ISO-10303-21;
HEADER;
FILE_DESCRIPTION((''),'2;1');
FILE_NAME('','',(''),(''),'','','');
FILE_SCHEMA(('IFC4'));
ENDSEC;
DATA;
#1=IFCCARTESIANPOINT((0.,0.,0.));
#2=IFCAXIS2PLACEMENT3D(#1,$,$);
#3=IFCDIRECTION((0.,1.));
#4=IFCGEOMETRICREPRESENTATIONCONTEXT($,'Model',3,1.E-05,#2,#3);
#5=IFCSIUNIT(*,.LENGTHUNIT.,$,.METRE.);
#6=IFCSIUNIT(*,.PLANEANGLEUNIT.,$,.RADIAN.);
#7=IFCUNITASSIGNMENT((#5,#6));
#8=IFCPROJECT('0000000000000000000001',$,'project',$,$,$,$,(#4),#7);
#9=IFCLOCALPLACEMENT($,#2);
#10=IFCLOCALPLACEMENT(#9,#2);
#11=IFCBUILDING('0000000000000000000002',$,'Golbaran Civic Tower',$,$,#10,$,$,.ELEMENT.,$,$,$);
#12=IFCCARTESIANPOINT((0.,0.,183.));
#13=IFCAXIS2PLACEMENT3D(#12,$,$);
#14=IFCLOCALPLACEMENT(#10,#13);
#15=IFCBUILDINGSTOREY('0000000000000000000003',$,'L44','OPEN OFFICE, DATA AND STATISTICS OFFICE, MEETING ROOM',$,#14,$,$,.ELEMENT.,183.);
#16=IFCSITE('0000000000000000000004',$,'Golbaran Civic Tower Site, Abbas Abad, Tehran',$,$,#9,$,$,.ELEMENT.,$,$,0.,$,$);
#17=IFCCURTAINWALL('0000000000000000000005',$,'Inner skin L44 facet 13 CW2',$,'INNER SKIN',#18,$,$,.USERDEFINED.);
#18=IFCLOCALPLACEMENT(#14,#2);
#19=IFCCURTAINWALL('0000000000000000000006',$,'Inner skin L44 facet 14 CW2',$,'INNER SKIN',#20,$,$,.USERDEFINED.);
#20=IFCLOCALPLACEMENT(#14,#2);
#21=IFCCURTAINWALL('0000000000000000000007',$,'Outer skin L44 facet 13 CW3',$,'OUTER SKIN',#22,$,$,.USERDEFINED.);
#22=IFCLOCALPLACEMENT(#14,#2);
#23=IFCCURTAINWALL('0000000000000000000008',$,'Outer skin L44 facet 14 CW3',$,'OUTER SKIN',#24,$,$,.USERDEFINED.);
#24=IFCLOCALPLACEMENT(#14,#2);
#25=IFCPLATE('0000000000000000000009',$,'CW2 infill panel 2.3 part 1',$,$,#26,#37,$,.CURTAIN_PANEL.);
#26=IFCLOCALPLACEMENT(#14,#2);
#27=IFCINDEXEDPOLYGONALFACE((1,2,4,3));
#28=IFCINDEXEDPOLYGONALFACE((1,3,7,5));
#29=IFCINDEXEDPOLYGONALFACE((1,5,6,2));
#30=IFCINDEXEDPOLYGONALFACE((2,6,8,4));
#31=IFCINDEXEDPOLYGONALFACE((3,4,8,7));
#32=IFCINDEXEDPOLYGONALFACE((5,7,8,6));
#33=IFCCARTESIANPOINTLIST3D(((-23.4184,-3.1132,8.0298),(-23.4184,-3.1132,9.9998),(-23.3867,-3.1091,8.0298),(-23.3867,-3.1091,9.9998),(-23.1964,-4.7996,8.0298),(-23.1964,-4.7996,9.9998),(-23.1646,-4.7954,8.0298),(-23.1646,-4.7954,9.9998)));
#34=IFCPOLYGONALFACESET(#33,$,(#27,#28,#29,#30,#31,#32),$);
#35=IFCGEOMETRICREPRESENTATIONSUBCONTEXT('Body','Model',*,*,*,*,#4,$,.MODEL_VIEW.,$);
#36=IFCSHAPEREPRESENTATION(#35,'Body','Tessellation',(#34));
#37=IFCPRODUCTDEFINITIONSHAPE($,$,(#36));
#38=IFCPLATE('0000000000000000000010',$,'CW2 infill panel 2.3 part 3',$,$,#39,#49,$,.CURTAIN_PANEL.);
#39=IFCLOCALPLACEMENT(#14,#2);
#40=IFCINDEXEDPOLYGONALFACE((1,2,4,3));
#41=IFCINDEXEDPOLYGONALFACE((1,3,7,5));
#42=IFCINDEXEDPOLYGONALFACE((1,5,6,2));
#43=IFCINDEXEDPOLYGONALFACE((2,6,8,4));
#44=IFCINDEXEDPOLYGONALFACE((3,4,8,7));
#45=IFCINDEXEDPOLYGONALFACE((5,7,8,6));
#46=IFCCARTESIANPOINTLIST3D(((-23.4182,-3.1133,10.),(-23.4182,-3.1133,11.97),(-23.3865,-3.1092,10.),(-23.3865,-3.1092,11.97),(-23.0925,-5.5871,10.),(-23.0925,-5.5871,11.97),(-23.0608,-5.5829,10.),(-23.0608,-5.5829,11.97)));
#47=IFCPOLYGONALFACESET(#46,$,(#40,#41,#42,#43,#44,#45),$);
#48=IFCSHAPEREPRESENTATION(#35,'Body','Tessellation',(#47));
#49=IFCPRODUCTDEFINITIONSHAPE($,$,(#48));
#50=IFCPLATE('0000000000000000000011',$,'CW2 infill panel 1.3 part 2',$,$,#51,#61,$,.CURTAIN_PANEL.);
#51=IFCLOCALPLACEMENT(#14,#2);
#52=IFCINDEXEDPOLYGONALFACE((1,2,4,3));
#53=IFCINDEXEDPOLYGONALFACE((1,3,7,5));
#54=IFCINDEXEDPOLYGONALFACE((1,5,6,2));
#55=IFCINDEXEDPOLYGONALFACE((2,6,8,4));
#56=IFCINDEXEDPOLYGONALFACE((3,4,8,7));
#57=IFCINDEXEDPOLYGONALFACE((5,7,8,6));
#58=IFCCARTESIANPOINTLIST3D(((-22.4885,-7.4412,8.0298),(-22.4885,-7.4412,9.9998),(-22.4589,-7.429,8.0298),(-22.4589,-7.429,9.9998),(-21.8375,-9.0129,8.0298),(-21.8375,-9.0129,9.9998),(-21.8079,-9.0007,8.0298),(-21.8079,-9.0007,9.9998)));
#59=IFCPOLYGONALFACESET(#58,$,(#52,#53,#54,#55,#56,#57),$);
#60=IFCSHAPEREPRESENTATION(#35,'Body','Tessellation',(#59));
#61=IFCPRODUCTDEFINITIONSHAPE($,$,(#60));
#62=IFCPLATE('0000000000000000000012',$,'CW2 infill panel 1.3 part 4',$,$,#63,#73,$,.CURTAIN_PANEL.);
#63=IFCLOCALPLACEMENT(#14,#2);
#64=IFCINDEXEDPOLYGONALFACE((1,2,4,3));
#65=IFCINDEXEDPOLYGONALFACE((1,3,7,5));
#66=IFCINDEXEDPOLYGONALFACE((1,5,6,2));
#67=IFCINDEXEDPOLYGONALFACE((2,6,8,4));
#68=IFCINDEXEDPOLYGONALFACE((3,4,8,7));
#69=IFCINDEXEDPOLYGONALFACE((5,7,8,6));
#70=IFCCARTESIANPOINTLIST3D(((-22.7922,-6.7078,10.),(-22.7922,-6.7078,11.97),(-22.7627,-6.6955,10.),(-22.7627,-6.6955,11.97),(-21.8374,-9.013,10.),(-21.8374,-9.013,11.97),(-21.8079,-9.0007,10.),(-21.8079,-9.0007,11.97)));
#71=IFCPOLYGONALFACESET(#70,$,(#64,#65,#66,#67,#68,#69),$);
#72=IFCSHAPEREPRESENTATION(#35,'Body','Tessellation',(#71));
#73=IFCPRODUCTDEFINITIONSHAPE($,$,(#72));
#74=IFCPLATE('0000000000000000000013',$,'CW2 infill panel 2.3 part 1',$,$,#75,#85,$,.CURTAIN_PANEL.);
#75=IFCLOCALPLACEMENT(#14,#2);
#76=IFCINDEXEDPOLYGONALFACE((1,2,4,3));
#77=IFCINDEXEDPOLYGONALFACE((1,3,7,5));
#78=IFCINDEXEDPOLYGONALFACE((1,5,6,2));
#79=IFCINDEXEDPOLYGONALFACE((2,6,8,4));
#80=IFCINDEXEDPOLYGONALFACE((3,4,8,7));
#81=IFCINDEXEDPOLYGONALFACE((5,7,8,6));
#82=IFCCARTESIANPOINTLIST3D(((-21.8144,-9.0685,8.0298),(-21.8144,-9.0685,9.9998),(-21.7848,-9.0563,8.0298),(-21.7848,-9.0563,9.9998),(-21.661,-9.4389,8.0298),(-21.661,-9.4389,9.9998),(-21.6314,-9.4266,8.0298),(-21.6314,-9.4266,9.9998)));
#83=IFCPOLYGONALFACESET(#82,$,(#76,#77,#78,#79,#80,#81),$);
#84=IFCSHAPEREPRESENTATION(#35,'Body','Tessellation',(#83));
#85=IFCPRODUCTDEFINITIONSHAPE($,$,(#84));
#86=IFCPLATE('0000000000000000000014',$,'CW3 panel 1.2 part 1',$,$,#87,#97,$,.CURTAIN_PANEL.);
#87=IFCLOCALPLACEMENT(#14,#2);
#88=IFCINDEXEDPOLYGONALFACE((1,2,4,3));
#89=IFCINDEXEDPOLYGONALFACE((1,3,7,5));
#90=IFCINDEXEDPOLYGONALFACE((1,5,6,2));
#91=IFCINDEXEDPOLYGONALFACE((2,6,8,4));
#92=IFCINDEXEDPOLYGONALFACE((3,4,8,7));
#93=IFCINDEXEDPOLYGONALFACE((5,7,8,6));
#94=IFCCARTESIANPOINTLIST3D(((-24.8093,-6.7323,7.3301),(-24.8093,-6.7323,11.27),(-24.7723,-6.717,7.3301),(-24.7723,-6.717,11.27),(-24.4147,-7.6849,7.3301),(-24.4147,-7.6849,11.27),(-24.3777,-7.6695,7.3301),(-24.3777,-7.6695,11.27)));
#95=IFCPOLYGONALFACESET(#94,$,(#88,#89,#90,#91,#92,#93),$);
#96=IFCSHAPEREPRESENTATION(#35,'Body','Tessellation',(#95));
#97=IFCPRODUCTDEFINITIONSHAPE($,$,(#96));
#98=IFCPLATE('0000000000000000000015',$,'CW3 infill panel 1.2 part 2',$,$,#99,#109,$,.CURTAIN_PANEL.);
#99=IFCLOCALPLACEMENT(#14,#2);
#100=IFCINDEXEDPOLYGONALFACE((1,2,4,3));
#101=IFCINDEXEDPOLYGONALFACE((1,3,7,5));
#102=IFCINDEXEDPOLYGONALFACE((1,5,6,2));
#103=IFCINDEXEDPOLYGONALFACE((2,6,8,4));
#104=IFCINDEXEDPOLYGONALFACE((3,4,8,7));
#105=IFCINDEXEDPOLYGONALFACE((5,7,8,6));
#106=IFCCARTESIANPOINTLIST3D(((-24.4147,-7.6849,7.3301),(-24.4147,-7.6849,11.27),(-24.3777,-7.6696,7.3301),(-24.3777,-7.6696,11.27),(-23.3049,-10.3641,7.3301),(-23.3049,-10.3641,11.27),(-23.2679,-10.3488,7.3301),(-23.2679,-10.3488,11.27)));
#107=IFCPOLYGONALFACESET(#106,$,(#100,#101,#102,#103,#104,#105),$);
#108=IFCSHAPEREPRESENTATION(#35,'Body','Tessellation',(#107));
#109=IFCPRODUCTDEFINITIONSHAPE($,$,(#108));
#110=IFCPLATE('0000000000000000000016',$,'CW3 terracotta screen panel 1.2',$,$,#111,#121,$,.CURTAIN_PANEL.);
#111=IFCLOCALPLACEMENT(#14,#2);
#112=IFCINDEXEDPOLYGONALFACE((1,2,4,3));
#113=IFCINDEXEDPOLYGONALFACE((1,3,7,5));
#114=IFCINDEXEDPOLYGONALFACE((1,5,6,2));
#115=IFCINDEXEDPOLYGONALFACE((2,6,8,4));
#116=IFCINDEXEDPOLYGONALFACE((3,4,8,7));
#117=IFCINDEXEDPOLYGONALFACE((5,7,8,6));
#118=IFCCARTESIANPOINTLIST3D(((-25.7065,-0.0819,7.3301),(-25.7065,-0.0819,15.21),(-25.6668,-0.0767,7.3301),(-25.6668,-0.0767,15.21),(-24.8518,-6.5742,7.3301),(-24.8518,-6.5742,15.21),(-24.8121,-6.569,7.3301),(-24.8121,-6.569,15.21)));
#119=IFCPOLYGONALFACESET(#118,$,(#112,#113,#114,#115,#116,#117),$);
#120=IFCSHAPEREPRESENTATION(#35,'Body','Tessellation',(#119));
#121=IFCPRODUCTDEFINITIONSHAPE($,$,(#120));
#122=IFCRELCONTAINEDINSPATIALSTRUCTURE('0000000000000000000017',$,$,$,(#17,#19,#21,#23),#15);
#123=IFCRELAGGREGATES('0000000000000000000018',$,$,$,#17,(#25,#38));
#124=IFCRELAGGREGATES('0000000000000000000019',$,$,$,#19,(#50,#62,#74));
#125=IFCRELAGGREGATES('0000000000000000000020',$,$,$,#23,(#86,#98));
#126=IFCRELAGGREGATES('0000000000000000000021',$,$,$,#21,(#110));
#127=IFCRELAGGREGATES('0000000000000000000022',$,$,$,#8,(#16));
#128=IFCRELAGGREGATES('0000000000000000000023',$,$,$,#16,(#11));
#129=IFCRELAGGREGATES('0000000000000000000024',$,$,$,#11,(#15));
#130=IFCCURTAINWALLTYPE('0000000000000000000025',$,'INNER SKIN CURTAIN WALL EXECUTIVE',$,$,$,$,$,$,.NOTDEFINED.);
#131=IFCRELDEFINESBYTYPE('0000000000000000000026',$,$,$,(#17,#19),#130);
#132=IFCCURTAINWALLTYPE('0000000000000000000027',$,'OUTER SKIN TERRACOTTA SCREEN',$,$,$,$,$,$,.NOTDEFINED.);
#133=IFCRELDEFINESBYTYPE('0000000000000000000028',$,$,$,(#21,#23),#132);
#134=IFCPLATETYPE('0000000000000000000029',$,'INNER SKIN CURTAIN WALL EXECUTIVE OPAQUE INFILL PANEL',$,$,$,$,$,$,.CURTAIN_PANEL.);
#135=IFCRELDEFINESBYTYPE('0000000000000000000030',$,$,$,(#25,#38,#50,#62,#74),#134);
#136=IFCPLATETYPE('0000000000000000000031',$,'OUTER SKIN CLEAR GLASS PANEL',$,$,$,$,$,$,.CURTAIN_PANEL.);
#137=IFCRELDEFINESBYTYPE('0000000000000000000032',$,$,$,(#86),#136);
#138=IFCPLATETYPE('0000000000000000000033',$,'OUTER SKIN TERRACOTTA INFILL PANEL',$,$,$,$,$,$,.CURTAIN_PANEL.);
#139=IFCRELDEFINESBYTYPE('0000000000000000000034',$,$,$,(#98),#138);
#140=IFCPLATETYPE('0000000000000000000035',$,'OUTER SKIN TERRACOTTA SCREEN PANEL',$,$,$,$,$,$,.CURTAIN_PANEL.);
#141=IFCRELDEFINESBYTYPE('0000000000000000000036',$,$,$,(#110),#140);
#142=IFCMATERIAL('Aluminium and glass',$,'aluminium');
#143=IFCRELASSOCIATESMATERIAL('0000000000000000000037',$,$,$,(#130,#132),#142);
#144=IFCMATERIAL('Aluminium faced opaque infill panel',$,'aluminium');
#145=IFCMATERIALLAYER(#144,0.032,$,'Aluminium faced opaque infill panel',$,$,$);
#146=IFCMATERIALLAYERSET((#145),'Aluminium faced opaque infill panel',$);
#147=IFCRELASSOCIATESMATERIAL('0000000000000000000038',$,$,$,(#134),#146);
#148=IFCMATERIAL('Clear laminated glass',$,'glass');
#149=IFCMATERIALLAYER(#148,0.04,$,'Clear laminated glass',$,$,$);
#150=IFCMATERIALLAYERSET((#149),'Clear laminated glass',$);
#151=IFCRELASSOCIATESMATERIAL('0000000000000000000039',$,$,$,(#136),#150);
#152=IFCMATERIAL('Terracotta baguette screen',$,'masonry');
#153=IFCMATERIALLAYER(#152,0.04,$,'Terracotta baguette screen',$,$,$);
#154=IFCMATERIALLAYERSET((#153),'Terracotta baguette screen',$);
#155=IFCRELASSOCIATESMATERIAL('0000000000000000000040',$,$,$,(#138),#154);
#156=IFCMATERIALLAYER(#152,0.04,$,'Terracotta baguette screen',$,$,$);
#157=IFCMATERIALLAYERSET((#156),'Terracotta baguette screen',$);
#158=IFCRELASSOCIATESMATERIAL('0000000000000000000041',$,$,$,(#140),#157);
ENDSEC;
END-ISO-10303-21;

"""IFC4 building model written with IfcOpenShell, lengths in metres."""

from ifc_helpers import new_model, si_unit, direction, frame, origin, origin_2d, place, context, subcontext, project, spatial, rectangle, extrude, material, layer, layer_set, type_object, element, aggregate, save


model = new_model("IFC4")

# Units and contexts
model_context = context("Model", 3, precision=1e-05, world=origin(), true_north=direction((0.0, 1.0)))
body_context = subcontext(model_context, "Body", "Model", "MODEL_VIEW")
ifc_project = project(units=[si_unit("LENGTHUNIT", "METRE"), si_unit("PLANEANGLEUNIT", "RADIAN")], contexts=[model_context])

# Site, building, storey
site_placement = place(None, origin())
site = spatial("IfcSite", under=ifc_project, at=site_placement, Name="Golbaran Civic Tower Site, Abbas Abad, Tehran", CompositionType="ELEMENT", RefElevation=0.0)
building_placement = place(site_placement, origin())
building = spatial("IfcBuilding", under=site, at=building_placement, Name="Golbaran Civic Tower", CompositionType="ELEMENT")
storey_placement = place(building_placement, frame((0.0, 0.0, 183.0)))
storey = spatial("IfcBuildingStorey", under=building, at=storey_placement, Name="L44", Description="OPEN OFFICE, DATA AND STATISTICS OFFICE, MEETING ROOM", CompositionType="ELEMENT", Elevation=183.0)

# Curtain walls
ifc_material_1 = material(Name="Aluminium and glass", Category="aluminium")
curtain_wall_type_1 = type_object("IfcCurtainWallType", Name="INNER SKIN CURTAIN WALL EXECUTIVE", PredefinedType="NOTDEFINED", material=ifc_material_1)
curtain_wall_1_placement = place(storey_placement, origin())
curtain_wall_1 = element("IfcCurtainWall", 1, at=curtain_wall_1_placement, inside=storey, type_object=curtain_wall_type_1, Name="Inner skin L44 facet 13 CW2", ObjectType="INNER SKIN", PredefinedType="USERDEFINED")
curtain_wall_2_placement = place(storey_placement, origin())
curtain_wall_2 = element("IfcCurtainWall", 2, at=curtain_wall_2_placement, inside=storey, type_object=curtain_wall_type_1, Name="Inner skin L44 facet 14 CW2", ObjectType="INNER SKIN", PredefinedType="USERDEFINED")

# Curtain walls
curtain_wall_type_2 = type_object("IfcCurtainWallType", Name="OUTER SKIN TERRACOTTA SCREEN", PredefinedType="NOTDEFINED", material=ifc_material_1)
curtain_wall_3_placement = place(storey_placement, origin())
curtain_wall_3 = element("IfcCurtainWall", 3, at=curtain_wall_3_placement, inside=storey, type_object=curtain_wall_type_2, Name="Outer skin L44 facet 13 CW3", ObjectType="OUTER SKIN", PredefinedType="USERDEFINED")
curtain_wall_4_placement = place(storey_placement, origin())
curtain_wall_4 = element("IfcCurtainWall", 4, at=curtain_wall_4_placement, inside=storey, type_object=curtain_wall_type_2, Name="Outer skin L44 facet 14 CW3", ObjectType="OUTER SKIN", PredefinedType="USERDEFINED")

# Plates
ifc_material_2 = material(Name="Aluminium faced opaque infill panel", Category="aluminium")
ifc_layer_1 = layer(ifc_material_2, 0.032, Name="Aluminium faced opaque infill panel")
ifc_layer_set_1 = layer_set([ifc_layer_1], Name="Aluminium faced opaque infill panel")
plate_type_1 = type_object("IfcPlateType", Name="INNER SKIN CURTAIN WALL EXECUTIVE OPAQUE INFILL PANEL", PredefinedType="CURTAIN_PANEL", material=ifc_layer_set_1)
plate_1_placement = place(storey_placement, frame((-23.2915, -3.9543, 8.0298), z_axis=(0.0, 0.0, 1.0), x_axis=(0.130526, -0.991445, 0.0)))
plate_1 = element("IfcPlate", 5, at=plate_1_placement, type_object=plate_type_1, Name="CW2 infill panel 2.3 part 1", PredefinedType="CURTAIN_PANEL", context=body_context, shape_type="SweptSolid", body=[
    extrude(rectangle(XDim=1.7009, YDim=0.032, at=origin_2d()), origin(), (0.0, 0.0, 1.0), 1.97),
])
plate_2_placement = place(storey_placement, frame((-23.2395, -4.3481, 10.0), z_axis=(0.0, 0.0, 1.0), x_axis=(0.130526, -0.991445, 0.0)))
plate_2 = element("IfcPlate", 6, at=plate_2_placement, type_object=plate_type_1, Name="CW2 infill panel 2.3 part 3", PredefinedType="CURTAIN_PANEL", context=body_context, shape_type="SweptSolid", body=[
    extrude(rectangle(XDim=2.4951, YDim=0.032, at=origin_2d()), origin(), (0.0, 0.0, 1.0), 1.97),
])
aggregate(curtain_wall_1, [plate_1, plate_2])
plate_3_placement = place(storey_placement, frame((-22.1482, -8.2209, 8.0298), z_axis=(0.0, 0.0, 1.0), x_axis=(0.382683, -0.92388, 0.0)))
plate_3 = element("IfcPlate", 7, at=plate_3_placement, type_object=plate_type_1, Name="CW2 infill panel 1.3 part 2", PredefinedType="CURTAIN_PANEL", context=body_context, shape_type="SweptSolid", body=[
    extrude(rectangle(XDim=1.7012, YDim=0.032, at=origin_2d()), origin(), (0.0, 0.0, 1.0), 1.97),
])
plate_4_placement = place(storey_placement, frame((-22.3, -7.8542, 10.0), z_axis=(0.0, 0.0, 1.0), x_axis=(0.382683, -0.92388, 0.0)))
plate_4 = element("IfcPlate", 8, at=plate_4_placement, type_object=plate_type_1, Name="CW2 infill panel 1.3 part 4", PredefinedType="CURTAIN_PANEL", context=body_context, shape_type="SweptSolid", body=[
    extrude(rectangle(XDim=2.4951, YDim=0.032, at=origin_2d()), origin(), (0.0, 0.0, 1.0), 1.97),
])
plate_5_placement = place(storey_placement, frame((-21.7229, -9.2476, 8.0298), z_axis=(0.0, 0.0, 1.0), x_axis=(0.382683, -0.92388, 0.0)))
plate_5 = element("IfcPlate", 9, at=plate_5_placement, type_object=plate_type_1, Name="CW2 infill panel 2.3 part 1", PredefinedType="CURTAIN_PANEL", context=body_context, shape_type="SweptSolid", body=[
    extrude(rectangle(XDim=0.4009, YDim=0.032, at=origin_2d()), origin(), (0.0, 0.0, 1.0), 1.97),
])
aggregate(curtain_wall_2, [plate_3, plate_4, plate_5])
ifc_material_3 = material(Name="Clear laminated glass", Category="glass")
ifc_layer_2 = layer(ifc_material_3, 0.04, Name="Clear laminated glass")
ifc_layer_set_2 = layer_set([ifc_layer_2], Name="Clear laminated glass")
plate_type_2 = type_object("IfcPlateType", Name="OUTER SKIN CLEAR GLASS PANEL", PredefinedType="CURTAIN_PANEL", material=ifc_layer_set_2)
plate_6_placement = place(storey_placement, frame((-24.5935, -7.2009, 7.3301), z_axis=(0.0, 0.0, 1.0), x_axis=(0.382683, -0.92388, 0.0)))
plate_6 = element("IfcPlate", 10, at=plate_6_placement, type_object=plate_type_2, Name="CW3 panel 1.2 part 1", PredefinedType="CURTAIN_PANEL", context=body_context, shape_type="SweptSolid", body=[
    extrude(rectangle(XDim=1.031, YDim=0.04, at=origin_2d()), origin(), (0.0, 0.0, 1.0), 3.9399),
])
ifc_material_4 = material(Name="Terracotta baguette screen", Category="masonry")
ifc_layer_3 = layer(ifc_material_4, 0.04, Name="Terracotta baguette screen")
ifc_layer_set_3 = layer_set([ifc_layer_3], Name="Terracotta baguette screen")
plate_type_3 = type_object("IfcPlateType", Name="OUTER SKIN TERRACOTTA INFILL PANEL", PredefinedType="CURTAIN_PANEL", material=ifc_layer_set_3)
plate_7_placement = place(storey_placement, frame((-23.8413, -9.0168, 7.3301), z_axis=(0.0, 0.0, 1.0), x_axis=(0.382683, -0.92388, 0.0)))
plate_7 = element("IfcPlate", 11, at=plate_7_placement, type_object=plate_type_3, Name="CW3 infill panel 1.2 part 2", PredefinedType="CURTAIN_PANEL", context=body_context, shape_type="SweptSolid", body=[
    extrude(rectangle(XDim=2.8999, YDim=0.04, at=origin_2d()), origin(), (0.0, 0.0, 1.0), 3.9399),
])
aggregate(curtain_wall_4, [plate_6, plate_7])
ifc_layer_4 = layer(ifc_material_4, 0.04, Name="Terracotta baguette screen")
ifc_layer_set_4 = layer_set([ifc_layer_4], Name="Terracotta baguette screen")
plate_type_4 = type_object("IfcPlateType", Name="OUTER SKIN TERRACOTTA SCREEN PANEL", PredefinedType="CURTAIN_PANEL", material=ifc_layer_set_4)
plate_8_placement = place(storey_placement, frame((-25.2593, -3.3254, 7.3301), z_axis=(0.0, 0.0, 1.0), x_axis=(0.130526, -0.991445, 0.0)))
plate_8 = element("IfcPlate", 12, at=plate_8_placement, type_object=plate_type_4, Name="CW3 terracotta screen panel 1.2", PredefinedType="CURTAIN_PANEL", context=body_context, shape_type="SweptSolid", body=[
    extrude(rectangle(XDim=6.5483, YDim=0.04, at=origin_2d()), origin(), (0.0, 0.0, 1.0), 7.8799),
])
aggregate(curtain_wall_3, [plate_8])

save(model, "model.ifc")
